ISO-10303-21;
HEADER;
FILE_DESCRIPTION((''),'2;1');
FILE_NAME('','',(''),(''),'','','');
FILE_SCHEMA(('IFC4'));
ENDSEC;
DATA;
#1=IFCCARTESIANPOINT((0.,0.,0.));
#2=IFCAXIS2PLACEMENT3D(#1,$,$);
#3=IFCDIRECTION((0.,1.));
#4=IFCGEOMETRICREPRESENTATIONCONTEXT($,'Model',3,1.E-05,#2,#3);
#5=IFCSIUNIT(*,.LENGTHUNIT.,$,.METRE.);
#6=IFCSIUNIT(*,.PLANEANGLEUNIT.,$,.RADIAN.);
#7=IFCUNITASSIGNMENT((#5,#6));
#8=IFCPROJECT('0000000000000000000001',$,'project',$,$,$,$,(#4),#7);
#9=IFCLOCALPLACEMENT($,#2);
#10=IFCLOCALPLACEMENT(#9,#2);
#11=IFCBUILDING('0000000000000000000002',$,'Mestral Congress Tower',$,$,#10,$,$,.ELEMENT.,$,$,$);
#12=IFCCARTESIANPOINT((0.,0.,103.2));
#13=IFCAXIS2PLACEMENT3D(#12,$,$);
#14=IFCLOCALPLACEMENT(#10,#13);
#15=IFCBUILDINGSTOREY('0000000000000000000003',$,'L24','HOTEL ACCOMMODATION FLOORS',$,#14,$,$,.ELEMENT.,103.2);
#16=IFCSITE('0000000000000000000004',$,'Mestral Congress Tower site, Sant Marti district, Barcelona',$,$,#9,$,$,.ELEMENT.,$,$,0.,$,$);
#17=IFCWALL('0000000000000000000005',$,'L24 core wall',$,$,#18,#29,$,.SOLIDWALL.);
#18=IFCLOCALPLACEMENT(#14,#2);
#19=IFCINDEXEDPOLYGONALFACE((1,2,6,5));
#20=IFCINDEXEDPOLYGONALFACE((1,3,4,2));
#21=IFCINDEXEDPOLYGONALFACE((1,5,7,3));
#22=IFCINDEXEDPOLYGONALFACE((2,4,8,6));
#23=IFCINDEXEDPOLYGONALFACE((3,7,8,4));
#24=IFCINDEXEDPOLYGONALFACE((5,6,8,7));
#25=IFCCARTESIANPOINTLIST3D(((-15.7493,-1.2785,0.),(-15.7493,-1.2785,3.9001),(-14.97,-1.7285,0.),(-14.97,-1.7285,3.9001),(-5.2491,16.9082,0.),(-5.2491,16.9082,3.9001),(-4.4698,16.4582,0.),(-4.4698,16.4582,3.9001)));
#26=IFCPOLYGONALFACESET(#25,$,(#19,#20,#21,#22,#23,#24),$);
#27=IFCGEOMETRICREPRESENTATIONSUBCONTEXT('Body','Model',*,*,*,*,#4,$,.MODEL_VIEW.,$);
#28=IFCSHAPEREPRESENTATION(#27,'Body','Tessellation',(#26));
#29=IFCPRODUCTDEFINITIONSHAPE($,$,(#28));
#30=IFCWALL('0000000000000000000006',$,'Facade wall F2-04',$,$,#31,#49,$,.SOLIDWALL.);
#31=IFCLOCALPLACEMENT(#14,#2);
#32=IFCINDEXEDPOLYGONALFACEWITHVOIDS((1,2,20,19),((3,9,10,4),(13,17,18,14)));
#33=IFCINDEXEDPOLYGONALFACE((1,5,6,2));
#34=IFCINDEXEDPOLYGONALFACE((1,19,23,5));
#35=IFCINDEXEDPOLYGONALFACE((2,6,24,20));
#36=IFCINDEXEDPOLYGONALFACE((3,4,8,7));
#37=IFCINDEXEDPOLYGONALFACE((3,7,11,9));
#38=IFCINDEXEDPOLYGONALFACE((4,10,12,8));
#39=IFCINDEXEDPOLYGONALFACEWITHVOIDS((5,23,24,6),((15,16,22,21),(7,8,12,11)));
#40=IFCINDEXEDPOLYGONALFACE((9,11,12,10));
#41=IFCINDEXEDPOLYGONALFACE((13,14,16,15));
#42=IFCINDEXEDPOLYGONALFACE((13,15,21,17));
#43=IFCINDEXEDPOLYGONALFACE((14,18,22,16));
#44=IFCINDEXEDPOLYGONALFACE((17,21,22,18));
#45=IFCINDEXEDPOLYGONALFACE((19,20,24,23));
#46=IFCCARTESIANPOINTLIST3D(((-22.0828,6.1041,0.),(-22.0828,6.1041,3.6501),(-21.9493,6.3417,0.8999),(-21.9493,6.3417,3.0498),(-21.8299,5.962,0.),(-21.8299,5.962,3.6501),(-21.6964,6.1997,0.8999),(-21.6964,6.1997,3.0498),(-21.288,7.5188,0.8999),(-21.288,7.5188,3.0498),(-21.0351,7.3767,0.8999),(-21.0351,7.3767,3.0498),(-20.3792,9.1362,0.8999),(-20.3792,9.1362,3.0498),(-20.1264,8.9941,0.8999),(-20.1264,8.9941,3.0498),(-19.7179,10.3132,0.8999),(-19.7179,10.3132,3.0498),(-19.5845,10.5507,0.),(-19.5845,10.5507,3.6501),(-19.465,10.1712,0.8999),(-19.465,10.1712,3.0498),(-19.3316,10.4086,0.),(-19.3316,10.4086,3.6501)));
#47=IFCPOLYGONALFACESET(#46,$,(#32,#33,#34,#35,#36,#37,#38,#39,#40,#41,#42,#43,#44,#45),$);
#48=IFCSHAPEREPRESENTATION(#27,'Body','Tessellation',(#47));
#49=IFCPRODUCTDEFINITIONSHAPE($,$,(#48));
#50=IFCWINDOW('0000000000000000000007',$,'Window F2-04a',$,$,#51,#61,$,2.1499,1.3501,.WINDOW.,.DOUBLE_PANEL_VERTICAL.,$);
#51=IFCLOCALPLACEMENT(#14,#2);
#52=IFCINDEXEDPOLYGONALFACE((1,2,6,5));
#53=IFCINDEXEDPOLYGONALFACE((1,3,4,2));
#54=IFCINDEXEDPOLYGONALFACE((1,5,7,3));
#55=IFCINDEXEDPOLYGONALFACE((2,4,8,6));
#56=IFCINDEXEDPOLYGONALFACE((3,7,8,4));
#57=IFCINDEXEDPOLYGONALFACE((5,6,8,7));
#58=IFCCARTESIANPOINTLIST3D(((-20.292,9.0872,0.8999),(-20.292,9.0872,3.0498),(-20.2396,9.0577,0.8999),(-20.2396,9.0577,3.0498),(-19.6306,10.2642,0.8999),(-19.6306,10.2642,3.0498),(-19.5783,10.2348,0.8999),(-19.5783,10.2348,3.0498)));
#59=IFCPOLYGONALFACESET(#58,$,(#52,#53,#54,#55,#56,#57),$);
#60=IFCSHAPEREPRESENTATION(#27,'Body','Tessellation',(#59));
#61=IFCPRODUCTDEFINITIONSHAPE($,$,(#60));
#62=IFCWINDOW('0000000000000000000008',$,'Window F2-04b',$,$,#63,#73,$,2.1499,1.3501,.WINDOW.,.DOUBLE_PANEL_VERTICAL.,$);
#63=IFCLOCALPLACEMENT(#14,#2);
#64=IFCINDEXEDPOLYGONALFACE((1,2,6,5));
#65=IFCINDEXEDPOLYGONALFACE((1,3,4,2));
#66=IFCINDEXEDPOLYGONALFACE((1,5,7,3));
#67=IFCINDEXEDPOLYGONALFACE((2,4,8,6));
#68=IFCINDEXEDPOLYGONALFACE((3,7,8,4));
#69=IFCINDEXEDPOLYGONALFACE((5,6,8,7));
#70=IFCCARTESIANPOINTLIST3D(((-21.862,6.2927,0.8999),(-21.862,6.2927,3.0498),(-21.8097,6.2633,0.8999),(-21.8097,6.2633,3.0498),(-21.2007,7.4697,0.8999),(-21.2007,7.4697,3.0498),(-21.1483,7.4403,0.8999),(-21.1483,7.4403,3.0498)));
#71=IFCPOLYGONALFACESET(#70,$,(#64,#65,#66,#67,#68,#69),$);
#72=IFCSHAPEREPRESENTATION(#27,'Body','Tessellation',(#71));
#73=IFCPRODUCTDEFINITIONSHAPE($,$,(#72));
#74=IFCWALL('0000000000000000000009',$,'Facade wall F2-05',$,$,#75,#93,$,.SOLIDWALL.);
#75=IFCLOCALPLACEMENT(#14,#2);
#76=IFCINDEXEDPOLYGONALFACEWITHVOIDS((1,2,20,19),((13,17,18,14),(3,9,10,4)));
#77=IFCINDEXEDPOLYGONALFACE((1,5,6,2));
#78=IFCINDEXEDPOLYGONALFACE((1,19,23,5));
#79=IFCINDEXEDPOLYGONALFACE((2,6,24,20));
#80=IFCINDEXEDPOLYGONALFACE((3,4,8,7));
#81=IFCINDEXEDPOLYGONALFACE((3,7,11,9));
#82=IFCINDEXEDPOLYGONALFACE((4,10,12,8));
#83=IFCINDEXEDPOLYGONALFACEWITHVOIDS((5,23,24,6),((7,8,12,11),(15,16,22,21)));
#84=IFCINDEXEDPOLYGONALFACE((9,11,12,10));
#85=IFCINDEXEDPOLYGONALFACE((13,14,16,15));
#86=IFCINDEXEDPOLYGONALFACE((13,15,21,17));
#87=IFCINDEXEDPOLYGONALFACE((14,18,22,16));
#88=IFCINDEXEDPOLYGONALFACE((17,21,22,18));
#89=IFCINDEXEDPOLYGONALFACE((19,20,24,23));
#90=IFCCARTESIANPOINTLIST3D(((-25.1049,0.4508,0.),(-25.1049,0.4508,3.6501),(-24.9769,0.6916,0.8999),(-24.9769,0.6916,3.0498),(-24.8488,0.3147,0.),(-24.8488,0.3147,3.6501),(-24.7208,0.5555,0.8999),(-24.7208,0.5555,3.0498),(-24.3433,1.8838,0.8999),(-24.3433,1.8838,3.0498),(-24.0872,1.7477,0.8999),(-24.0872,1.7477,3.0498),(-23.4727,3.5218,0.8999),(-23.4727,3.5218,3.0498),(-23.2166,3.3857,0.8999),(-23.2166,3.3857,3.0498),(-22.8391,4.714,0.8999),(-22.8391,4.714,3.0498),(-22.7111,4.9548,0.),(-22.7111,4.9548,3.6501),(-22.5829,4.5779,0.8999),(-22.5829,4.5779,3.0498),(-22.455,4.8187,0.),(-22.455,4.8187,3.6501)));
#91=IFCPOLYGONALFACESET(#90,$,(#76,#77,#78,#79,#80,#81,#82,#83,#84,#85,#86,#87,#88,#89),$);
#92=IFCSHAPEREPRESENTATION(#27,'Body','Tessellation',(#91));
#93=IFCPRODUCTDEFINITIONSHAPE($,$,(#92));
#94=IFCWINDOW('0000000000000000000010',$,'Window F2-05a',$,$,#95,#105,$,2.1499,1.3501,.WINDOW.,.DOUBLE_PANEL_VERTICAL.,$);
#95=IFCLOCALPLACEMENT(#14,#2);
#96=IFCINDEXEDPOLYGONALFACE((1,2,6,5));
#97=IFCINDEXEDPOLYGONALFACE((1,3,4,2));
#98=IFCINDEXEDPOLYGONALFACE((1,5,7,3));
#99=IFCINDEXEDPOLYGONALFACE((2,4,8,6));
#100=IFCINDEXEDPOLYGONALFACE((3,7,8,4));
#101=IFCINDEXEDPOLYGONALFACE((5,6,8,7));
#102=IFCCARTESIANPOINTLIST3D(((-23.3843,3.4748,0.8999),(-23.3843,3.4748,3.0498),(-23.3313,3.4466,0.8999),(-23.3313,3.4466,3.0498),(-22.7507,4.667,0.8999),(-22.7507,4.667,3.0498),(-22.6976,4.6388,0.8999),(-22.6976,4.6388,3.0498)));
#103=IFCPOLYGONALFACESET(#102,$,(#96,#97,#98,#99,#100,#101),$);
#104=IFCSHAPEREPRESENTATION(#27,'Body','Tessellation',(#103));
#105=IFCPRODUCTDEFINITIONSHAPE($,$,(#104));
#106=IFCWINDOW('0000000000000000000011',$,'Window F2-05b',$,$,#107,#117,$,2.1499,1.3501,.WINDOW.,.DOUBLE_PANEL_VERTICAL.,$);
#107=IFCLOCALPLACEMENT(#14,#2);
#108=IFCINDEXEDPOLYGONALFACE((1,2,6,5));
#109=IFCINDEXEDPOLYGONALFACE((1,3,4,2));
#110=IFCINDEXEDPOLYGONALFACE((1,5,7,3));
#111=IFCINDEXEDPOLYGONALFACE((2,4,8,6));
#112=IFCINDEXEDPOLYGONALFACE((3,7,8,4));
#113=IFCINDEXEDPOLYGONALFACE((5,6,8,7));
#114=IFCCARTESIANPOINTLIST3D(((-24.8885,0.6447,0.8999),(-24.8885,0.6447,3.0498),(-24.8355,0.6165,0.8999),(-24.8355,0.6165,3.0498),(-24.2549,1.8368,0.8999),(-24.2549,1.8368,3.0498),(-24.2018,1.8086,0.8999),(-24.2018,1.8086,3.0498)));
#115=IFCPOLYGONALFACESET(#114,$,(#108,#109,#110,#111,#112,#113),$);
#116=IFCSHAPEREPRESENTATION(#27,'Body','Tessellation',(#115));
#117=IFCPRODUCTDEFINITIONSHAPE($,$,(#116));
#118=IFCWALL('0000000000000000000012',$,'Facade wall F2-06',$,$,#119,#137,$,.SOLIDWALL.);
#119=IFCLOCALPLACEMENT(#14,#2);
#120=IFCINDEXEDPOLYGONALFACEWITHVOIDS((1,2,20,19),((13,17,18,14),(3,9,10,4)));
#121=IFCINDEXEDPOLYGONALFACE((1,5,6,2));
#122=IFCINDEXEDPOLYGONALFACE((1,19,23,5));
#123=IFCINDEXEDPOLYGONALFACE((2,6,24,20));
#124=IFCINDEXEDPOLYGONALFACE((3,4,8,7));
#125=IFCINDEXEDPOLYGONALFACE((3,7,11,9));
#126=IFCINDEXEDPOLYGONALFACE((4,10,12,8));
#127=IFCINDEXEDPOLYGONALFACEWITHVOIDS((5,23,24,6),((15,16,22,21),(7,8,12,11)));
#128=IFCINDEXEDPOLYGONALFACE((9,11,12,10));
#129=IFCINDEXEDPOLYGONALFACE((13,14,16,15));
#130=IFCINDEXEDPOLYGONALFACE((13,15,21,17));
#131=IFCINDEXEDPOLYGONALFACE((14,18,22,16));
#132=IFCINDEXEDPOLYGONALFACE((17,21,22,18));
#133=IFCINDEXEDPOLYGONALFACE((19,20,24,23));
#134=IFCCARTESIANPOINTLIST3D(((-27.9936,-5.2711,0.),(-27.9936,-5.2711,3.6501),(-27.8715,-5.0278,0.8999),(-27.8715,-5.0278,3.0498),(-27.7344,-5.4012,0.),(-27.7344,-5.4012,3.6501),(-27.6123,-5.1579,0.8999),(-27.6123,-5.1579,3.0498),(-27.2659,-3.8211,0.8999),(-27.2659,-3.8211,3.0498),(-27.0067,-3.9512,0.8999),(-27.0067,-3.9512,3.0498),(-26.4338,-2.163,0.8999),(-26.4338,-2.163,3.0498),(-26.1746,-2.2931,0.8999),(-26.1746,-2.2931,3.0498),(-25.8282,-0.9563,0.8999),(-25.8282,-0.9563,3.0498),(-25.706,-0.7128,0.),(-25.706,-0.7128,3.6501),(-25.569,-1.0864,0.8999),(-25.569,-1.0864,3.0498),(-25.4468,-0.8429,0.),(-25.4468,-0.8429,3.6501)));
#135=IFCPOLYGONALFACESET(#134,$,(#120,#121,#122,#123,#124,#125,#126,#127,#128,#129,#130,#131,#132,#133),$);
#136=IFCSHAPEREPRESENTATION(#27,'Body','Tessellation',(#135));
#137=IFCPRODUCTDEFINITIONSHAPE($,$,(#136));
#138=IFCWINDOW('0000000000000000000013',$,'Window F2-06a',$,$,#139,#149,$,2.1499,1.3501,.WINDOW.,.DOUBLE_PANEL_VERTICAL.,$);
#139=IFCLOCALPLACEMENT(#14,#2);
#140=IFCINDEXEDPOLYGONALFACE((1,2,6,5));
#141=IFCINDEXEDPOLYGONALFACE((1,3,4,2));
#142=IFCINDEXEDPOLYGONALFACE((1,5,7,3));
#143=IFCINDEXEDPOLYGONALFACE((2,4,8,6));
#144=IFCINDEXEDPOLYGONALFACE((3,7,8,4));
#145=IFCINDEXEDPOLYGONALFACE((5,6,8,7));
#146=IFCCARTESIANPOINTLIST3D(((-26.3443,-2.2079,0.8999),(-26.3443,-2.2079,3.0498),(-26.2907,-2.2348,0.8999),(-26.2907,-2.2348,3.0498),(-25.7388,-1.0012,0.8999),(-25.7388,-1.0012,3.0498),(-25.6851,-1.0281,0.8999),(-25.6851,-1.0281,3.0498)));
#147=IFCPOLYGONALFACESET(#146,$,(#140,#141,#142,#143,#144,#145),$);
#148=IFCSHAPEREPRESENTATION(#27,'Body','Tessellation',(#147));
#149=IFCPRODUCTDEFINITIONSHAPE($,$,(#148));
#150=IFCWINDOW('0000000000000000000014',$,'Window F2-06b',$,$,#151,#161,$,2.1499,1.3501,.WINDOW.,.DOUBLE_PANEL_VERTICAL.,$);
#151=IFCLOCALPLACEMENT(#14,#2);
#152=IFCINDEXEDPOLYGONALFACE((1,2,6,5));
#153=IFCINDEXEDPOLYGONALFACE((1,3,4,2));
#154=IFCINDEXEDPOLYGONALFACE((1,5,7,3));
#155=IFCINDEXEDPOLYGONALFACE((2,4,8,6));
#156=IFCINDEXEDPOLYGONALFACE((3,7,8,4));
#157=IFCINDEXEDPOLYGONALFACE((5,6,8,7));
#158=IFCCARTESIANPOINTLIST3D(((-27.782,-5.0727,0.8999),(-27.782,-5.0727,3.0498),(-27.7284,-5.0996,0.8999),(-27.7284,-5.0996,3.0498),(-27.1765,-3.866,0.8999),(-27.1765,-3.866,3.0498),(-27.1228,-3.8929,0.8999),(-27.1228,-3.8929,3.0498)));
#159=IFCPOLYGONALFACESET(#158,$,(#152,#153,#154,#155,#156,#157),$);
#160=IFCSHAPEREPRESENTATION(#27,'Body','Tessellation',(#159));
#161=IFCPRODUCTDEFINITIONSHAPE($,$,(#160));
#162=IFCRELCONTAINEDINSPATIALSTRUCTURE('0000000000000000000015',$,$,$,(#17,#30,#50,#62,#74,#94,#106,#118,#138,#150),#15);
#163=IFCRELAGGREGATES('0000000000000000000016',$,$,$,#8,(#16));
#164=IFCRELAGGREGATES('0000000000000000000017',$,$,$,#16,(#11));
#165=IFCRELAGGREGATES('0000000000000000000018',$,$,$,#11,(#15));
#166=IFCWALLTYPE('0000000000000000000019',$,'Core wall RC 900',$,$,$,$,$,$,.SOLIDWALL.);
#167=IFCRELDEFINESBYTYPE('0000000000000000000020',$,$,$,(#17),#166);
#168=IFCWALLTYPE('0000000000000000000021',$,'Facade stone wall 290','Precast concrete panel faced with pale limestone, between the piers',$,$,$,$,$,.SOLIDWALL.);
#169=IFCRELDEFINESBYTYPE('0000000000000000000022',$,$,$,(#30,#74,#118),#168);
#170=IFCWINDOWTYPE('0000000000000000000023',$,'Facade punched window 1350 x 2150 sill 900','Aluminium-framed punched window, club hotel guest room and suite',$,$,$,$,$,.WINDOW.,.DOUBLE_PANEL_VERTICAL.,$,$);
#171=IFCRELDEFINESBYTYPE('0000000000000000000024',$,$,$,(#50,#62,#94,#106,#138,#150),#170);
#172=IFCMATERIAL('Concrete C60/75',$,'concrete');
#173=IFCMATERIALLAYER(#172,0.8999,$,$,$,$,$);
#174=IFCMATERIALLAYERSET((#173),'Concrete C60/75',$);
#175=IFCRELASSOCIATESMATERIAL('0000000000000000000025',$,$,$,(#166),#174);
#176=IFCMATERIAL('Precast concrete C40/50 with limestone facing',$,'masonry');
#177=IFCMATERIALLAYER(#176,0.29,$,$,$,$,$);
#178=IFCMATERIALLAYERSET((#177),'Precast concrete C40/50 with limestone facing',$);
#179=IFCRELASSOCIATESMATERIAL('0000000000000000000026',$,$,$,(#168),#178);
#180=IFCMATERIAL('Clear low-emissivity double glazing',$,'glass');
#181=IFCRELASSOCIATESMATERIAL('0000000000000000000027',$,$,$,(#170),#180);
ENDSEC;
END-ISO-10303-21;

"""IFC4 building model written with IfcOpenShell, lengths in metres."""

from ifc_helpers import new_model, si_unit, direction, frame, frame_2d, origin, place, context, subcontext, project, spatial, rectangle, extrude, material, layer, layer_set, type_object, element, fill, save


model = new_model("IFC4")

# Units and contexts
model_context = context("Model", 3, precision=1e-05, world=origin(), true_north=direction((0.0, 1.0)))
body_context = subcontext(model_context, "Body", "Model", "MODEL_VIEW")
ifc_project = project(units=[si_unit("LENGTHUNIT", "METRE"), si_unit("PLANEANGLEUNIT", "RADIAN")], contexts=[model_context])

# Site, building, storey
site_placement = place(None, origin())
site = spatial("IfcSite", under=ifc_project, at=site_placement, Name="Mestral Congress Tower site, Sant Marti district, Barcelona", CompositionType="ELEMENT", RefElevation=0.0)
building_placement = place(site_placement, origin())
building = spatial("IfcBuilding", under=site, at=building_placement, Name="Mestral Congress Tower", CompositionType="ELEMENT")
storey_placement = place(building_placement, frame((0.0, 0.0, 103.2)))
storey = spatial("IfcBuildingStorey", under=building, at=storey_placement, Name="L24", Description="HOTEL ACCOMMODATION FLOORS", CompositionType="ELEMENT", Elevation=103.2)

# Wall
ifc_material_1 = material(Name="Concrete C60/75", Category="concrete")
ifc_layer_1 = layer(ifc_material_1, 0.8999)
ifc_layer_set_1 = layer_set([ifc_layer_1], Name="Concrete C60/75")
wall_type_1 = type_object("IfcWallType", Name="Core wall RC 900", PredefinedType="SOLIDWALL", material=ifc_layer_set_1)
wall_1_placement = place(storey_placement, frame((-15.3596, -1.5034, 0.0), z_axis=(0.0, 0.0, 1.0), x_axis=(0.500004, 0.866023, 0.0)))
element("IfcWall", 1, at=wall_1_placement, inside=storey, type_object=wall_type_1, Name="L24 core wall", PredefinedType="SOLIDWALL", context=body_context, shape_type="SweptSolid", body=[
    extrude(rectangle(XDim=21.0002, YDim=0.8999, at=frame_2d((10.5, 0.0))), origin(), (0.0, 0.0, 1.0), 3.9001),
])

# Walls, openings, windows
ifc_material_2 = material(Name="Precast concrete C40/50 with limestone facing", Category="masonry")
ifc_layer_2 = layer(ifc_material_2, 0.29)
ifc_layer_set_2 = layer_set([ifc_layer_2], Name="Precast concrete C40/50 with limestone facing")
wall_type_2 = type_object("IfcWallType", Name="Facade stone wall 290", Description="Precast concrete panel faced with pale limestone, between the piers", PredefinedType="SOLIDWALL", material=ifc_layer_set_2)
wall_2_placement = place(storey_placement, frame((-19.458, 10.4797, 0.0), z_axis=(0.0, 0.0, 1.0), x_axis=(-0.489832, -0.871817, 0.0)))
wall_2 = element("IfcWall", 2, at=wall_2_placement, inside=storey, type_object=wall_type_2, Name="Facade wall F2-04", PredefinedType="SOLIDWALL", context=body_context, shape_type="SweptSolid", body=[
    extrude(rectangle(XDim=5.1003, YDim=0.29, at=frame_2d((2.5503, 0.0))), origin(), (0.0, 0.0, 1.0), 3.6501),
])
opening_1_placement = place(wall_2_placement, frame((0.2725, 0.0, 0.8999)))
opening_1 = element("IfcOpeningElement", 3, at=opening_1_placement, cuts=wall_2, PredefinedType="OPENING", context=body_context, shape_type="SweptSolid", body=[
    extrude(rectangle(XDim=1.3501, YDim=2.1499, at=frame_2d((0.675, 1.075))), frame((0.0, 0.155, 0.0), z_axis=(0.0, -1.0, 0.0), x_axis=(1.0, 0.0, 0.0)), (0.0, 0.0, 1.0), 0.3101),
])
opening_2_placement = place(wall_2_placement, frame((3.4778, 0.0, 0.8999)))
opening_2 = element("IfcOpeningElement", 4, at=opening_2_placement, cuts=wall_2, PredefinedType="OPENING", context=body_context, shape_type="SweptSolid", body=[
    extrude(rectangle(XDim=1.3501, YDim=2.1499, at=frame_2d((0.675, 1.075))), frame((0.0, 0.155, 0.0), z_axis=(0.0, -1.0, 0.0), x_axis=(1.0, 0.0, 0.0)), (0.0, 0.0, 1.0), 0.3101),
])
ifc_material_3 = material(Name="Clear low-emissivity double glazing", Category="glass")
window_type = type_object("IfcWindowType", Name="Facade punched window 1350 x 2150 sill 900", Description="Aluminium-framed punched window, club hotel guest room and suite", PartitioningType="DOUBLE_PANEL_VERTICAL", PredefinedType="WINDOW", material=ifc_material_3)
window_1_placement = place(opening_1_placement, origin())
window_1 = element("IfcWindow", 5, at=window_1_placement, inside=storey, type_object=window_type, Name="Window F2-04a", OverallHeight=2.1499, OverallWidth=1.3501, PartitioningType="DOUBLE_PANEL_VERTICAL", PredefinedType="WINDOW", context=body_context, shape_type="SweptSolid", body=[
    extrude(rectangle(XDim=1.3501, YDim=2.1499, at=frame_2d((0.675, 1.075))), frame((0.0, 0.0151, 0.0), z_axis=(0.0, -1.0, 0.0), x_axis=(1.0, 0.0, 0.0)), (0.0, 0.0, 1.0), 0.0601),
])
fill(opening_1, window_1)
window_2_placement = place(opening_2_placement, origin())
window_2 = element("IfcWindow", 6, at=window_2_placement, inside=storey, type_object=window_type, Name="Window F2-04b", OverallHeight=2.1499, OverallWidth=1.3501, PartitioningType="DOUBLE_PANEL_VERTICAL", PredefinedType="WINDOW", context=body_context, shape_type="SweptSolid", body=[
    extrude(rectangle(XDim=1.3501, YDim=2.1499, at=frame_2d((0.675, 1.075))), frame((0.0, 0.0151, 0.0), z_axis=(0.0, -1.0, 0.0), x_axis=(1.0, 0.0, 0.0)), (0.0, 0.0, 1.0), 0.0601),
])
fill(opening_2, window_2)
wall_3_placement = place(storey_placement, frame((-22.583, 4.8867, 0.0), z_axis=(0.0, 0.0, 1.0), x_axis=(-0.469323, -0.883026, 0.0)))
wall_3 = element("IfcWall", 7, at=wall_3_placement, inside=storey, type_object=wall_type_2, Name="Facade wall F2-05", PredefinedType="SOLIDWALL", context=body_context, shape_type="SweptSolid", body=[
    extrude(rectangle(XDim=5.1006, YDim=0.29, at=frame_2d((2.5503, 0.0))), origin(), (0.0, 0.0, 1.0), 3.6501),
])
opening_3_placement = place(wall_3_placement, frame((0.2727, 0.0, 0.8999)))
opening_3 = element("IfcOpeningElement", 8, at=opening_3_placement, cuts=wall_3, PredefinedType="OPENING", context=body_context, shape_type="SweptSolid", body=[
    extrude(rectangle(XDim=1.3501, YDim=2.1499, at=frame_2d((0.675, 1.075))), frame((0.0, 0.155, 0.0), z_axis=(0.0, -1.0, 0.0), x_axis=(1.0, 0.0, 0.0)), (0.0, 0.0, 1.0), 0.3101),
])
opening_4_placement = place(wall_3_placement, frame((3.4778, 0.0, 0.8999)))
opening_4 = element("IfcOpeningElement", 9, at=opening_4_placement, cuts=wall_3, PredefinedType="OPENING", context=body_context, shape_type="SweptSolid", body=[
    extrude(rectangle(XDim=1.3501, YDim=2.1499, at=frame_2d((0.675, 1.075))), frame((0.0, 0.155, 0.0), z_axis=(0.0, -1.0, 0.0), x_axis=(1.0, 0.0, 0.0)), (0.0, 0.0, 1.0), 0.3101),
])
window_3_placement = place(opening_3_placement, origin())
window_3 = element("IfcWindow", 10, at=window_3_placement, inside=storey, type_object=window_type, Name="Window F2-05a", OverallHeight=2.1499, OverallWidth=1.3501, PartitioningType="DOUBLE_PANEL_VERTICAL", PredefinedType="WINDOW", context=body_context, shape_type="SweptSolid", body=[
    extrude(rectangle(XDim=1.3501, YDim=2.1499, at=frame_2d((0.675, 1.075))), frame((0.0, 0.0151, 0.0), z_axis=(0.0, -1.0, 0.0), x_axis=(1.0, 0.0, 0.0)), (0.0, 0.0, 1.0), 0.0601),
])
fill(opening_3, window_3)
window_4_placement = place(opening_4_placement, origin())
window_4 = element("IfcWindow", 11, at=window_4_placement, inside=storey, type_object=window_type, Name="Window F2-05b", OverallHeight=2.1499, OverallWidth=1.3501, PartitioningType="DOUBLE_PANEL_VERTICAL", PredefinedType="WINDOW", context=body_context, shape_type="SweptSolid", body=[
    extrude(rectangle(XDim=1.3501, YDim=2.1499, at=frame_2d((0.675, 1.075))), frame((0.0, 0.0151, 0.0), z_axis=(0.0, -1.0, 0.0), x_axis=(1.0, 0.0, 0.0)), (0.0, 0.0, 1.0), 0.0601),
])
fill(opening_4, window_4)
wall_4_placement = place(storey_placement, frame((-25.5764, -0.7778, 0.0), z_axis=(0.0, 0.0, 1.0), x_axis=(-0.448534, -0.893766, 0.0)))
wall_4 = element("IfcWall", 12, at=wall_4_placement, inside=storey, type_object=wall_type_2, Name="Facade wall F2-06", PredefinedType="SOLIDWALL", context=body_context, shape_type="SweptSolid", body=[
    extrude(rectangle(XDim=5.1001, YDim=0.29, at=frame_2d((2.55, 0.0))), origin(), (0.0, 0.0, 1.0), 3.6501),
])
opening_5_placement = place(wall_4_placement, frame((0.2725, 0.0, 0.8999)))
opening_5 = element("IfcOpeningElement", 13, at=opening_5_placement, cuts=wall_4, PredefinedType="OPENING", context=body_context, shape_type="SweptSolid", body=[
    extrude(rectangle(XDim=1.3501, YDim=2.1499, at=frame_2d((0.675, 1.075))), frame((0.0, 0.155, 0.0), z_axis=(0.0, -1.0, 0.0), x_axis=(1.0, 0.0, 0.0)), (0.0, 0.0, 1.0), 0.3101),
])
opening_6_placement = place(wall_4_placement, frame((3.4778, 0.0, 0.8999)))
opening_6 = element("IfcOpeningElement", 14, at=opening_6_placement, cuts=wall_4, PredefinedType="OPENING", context=body_context, shape_type="SweptSolid", body=[
    extrude(rectangle(XDim=1.3501, YDim=2.1499, at=frame_2d((0.675, 1.075))), frame((0.0, 0.155, 0.0), z_axis=(0.0, -1.0, 0.0), x_axis=(1.0, 0.0, 0.0)), (0.0, 0.0, 1.0), 0.3101),
])
window_5_placement = place(opening_5_placement, origin())
window_5 = element("IfcWindow", 15, at=window_5_placement, inside=storey, type_object=window_type, Name="Window F2-06a", OverallHeight=2.1499, OverallWidth=1.3501, PartitioningType="DOUBLE_PANEL_VERTICAL", PredefinedType="WINDOW", context=body_context, shape_type="SweptSolid", body=[
    extrude(rectangle(XDim=1.3501, YDim=2.1499, at=frame_2d((0.675, 1.075))), frame((0.0, 0.0151, 0.0), z_axis=(0.0, -1.0, 0.0), x_axis=(1.0, 0.0, 0.0)), (0.0, 0.0, 1.0), 0.0601),
])
fill(opening_5, window_5)
window_6_placement = place(opening_6_placement, origin())
window_6 = element("IfcWindow", 16, at=window_6_placement, inside=storey, type_object=window_type, Name="Window F2-06b", OverallHeight=2.1499, OverallWidth=1.3501, PartitioningType="DOUBLE_PANEL_VERTICAL", PredefinedType="WINDOW", context=body_context, shape_type="SweptSolid", body=[
    extrude(rectangle(XDim=1.3501, YDim=2.1499, at=frame_2d((0.675, 1.075))), frame((0.0, 0.0151, 0.0), z_axis=(0.0, -1.0, 0.0), x_axis=(1.0, 0.0, 0.0)), (0.0, 0.0, 1.0), 0.0601),
])
fill(opening_6, window_6)

save(model, "model.ifc")
